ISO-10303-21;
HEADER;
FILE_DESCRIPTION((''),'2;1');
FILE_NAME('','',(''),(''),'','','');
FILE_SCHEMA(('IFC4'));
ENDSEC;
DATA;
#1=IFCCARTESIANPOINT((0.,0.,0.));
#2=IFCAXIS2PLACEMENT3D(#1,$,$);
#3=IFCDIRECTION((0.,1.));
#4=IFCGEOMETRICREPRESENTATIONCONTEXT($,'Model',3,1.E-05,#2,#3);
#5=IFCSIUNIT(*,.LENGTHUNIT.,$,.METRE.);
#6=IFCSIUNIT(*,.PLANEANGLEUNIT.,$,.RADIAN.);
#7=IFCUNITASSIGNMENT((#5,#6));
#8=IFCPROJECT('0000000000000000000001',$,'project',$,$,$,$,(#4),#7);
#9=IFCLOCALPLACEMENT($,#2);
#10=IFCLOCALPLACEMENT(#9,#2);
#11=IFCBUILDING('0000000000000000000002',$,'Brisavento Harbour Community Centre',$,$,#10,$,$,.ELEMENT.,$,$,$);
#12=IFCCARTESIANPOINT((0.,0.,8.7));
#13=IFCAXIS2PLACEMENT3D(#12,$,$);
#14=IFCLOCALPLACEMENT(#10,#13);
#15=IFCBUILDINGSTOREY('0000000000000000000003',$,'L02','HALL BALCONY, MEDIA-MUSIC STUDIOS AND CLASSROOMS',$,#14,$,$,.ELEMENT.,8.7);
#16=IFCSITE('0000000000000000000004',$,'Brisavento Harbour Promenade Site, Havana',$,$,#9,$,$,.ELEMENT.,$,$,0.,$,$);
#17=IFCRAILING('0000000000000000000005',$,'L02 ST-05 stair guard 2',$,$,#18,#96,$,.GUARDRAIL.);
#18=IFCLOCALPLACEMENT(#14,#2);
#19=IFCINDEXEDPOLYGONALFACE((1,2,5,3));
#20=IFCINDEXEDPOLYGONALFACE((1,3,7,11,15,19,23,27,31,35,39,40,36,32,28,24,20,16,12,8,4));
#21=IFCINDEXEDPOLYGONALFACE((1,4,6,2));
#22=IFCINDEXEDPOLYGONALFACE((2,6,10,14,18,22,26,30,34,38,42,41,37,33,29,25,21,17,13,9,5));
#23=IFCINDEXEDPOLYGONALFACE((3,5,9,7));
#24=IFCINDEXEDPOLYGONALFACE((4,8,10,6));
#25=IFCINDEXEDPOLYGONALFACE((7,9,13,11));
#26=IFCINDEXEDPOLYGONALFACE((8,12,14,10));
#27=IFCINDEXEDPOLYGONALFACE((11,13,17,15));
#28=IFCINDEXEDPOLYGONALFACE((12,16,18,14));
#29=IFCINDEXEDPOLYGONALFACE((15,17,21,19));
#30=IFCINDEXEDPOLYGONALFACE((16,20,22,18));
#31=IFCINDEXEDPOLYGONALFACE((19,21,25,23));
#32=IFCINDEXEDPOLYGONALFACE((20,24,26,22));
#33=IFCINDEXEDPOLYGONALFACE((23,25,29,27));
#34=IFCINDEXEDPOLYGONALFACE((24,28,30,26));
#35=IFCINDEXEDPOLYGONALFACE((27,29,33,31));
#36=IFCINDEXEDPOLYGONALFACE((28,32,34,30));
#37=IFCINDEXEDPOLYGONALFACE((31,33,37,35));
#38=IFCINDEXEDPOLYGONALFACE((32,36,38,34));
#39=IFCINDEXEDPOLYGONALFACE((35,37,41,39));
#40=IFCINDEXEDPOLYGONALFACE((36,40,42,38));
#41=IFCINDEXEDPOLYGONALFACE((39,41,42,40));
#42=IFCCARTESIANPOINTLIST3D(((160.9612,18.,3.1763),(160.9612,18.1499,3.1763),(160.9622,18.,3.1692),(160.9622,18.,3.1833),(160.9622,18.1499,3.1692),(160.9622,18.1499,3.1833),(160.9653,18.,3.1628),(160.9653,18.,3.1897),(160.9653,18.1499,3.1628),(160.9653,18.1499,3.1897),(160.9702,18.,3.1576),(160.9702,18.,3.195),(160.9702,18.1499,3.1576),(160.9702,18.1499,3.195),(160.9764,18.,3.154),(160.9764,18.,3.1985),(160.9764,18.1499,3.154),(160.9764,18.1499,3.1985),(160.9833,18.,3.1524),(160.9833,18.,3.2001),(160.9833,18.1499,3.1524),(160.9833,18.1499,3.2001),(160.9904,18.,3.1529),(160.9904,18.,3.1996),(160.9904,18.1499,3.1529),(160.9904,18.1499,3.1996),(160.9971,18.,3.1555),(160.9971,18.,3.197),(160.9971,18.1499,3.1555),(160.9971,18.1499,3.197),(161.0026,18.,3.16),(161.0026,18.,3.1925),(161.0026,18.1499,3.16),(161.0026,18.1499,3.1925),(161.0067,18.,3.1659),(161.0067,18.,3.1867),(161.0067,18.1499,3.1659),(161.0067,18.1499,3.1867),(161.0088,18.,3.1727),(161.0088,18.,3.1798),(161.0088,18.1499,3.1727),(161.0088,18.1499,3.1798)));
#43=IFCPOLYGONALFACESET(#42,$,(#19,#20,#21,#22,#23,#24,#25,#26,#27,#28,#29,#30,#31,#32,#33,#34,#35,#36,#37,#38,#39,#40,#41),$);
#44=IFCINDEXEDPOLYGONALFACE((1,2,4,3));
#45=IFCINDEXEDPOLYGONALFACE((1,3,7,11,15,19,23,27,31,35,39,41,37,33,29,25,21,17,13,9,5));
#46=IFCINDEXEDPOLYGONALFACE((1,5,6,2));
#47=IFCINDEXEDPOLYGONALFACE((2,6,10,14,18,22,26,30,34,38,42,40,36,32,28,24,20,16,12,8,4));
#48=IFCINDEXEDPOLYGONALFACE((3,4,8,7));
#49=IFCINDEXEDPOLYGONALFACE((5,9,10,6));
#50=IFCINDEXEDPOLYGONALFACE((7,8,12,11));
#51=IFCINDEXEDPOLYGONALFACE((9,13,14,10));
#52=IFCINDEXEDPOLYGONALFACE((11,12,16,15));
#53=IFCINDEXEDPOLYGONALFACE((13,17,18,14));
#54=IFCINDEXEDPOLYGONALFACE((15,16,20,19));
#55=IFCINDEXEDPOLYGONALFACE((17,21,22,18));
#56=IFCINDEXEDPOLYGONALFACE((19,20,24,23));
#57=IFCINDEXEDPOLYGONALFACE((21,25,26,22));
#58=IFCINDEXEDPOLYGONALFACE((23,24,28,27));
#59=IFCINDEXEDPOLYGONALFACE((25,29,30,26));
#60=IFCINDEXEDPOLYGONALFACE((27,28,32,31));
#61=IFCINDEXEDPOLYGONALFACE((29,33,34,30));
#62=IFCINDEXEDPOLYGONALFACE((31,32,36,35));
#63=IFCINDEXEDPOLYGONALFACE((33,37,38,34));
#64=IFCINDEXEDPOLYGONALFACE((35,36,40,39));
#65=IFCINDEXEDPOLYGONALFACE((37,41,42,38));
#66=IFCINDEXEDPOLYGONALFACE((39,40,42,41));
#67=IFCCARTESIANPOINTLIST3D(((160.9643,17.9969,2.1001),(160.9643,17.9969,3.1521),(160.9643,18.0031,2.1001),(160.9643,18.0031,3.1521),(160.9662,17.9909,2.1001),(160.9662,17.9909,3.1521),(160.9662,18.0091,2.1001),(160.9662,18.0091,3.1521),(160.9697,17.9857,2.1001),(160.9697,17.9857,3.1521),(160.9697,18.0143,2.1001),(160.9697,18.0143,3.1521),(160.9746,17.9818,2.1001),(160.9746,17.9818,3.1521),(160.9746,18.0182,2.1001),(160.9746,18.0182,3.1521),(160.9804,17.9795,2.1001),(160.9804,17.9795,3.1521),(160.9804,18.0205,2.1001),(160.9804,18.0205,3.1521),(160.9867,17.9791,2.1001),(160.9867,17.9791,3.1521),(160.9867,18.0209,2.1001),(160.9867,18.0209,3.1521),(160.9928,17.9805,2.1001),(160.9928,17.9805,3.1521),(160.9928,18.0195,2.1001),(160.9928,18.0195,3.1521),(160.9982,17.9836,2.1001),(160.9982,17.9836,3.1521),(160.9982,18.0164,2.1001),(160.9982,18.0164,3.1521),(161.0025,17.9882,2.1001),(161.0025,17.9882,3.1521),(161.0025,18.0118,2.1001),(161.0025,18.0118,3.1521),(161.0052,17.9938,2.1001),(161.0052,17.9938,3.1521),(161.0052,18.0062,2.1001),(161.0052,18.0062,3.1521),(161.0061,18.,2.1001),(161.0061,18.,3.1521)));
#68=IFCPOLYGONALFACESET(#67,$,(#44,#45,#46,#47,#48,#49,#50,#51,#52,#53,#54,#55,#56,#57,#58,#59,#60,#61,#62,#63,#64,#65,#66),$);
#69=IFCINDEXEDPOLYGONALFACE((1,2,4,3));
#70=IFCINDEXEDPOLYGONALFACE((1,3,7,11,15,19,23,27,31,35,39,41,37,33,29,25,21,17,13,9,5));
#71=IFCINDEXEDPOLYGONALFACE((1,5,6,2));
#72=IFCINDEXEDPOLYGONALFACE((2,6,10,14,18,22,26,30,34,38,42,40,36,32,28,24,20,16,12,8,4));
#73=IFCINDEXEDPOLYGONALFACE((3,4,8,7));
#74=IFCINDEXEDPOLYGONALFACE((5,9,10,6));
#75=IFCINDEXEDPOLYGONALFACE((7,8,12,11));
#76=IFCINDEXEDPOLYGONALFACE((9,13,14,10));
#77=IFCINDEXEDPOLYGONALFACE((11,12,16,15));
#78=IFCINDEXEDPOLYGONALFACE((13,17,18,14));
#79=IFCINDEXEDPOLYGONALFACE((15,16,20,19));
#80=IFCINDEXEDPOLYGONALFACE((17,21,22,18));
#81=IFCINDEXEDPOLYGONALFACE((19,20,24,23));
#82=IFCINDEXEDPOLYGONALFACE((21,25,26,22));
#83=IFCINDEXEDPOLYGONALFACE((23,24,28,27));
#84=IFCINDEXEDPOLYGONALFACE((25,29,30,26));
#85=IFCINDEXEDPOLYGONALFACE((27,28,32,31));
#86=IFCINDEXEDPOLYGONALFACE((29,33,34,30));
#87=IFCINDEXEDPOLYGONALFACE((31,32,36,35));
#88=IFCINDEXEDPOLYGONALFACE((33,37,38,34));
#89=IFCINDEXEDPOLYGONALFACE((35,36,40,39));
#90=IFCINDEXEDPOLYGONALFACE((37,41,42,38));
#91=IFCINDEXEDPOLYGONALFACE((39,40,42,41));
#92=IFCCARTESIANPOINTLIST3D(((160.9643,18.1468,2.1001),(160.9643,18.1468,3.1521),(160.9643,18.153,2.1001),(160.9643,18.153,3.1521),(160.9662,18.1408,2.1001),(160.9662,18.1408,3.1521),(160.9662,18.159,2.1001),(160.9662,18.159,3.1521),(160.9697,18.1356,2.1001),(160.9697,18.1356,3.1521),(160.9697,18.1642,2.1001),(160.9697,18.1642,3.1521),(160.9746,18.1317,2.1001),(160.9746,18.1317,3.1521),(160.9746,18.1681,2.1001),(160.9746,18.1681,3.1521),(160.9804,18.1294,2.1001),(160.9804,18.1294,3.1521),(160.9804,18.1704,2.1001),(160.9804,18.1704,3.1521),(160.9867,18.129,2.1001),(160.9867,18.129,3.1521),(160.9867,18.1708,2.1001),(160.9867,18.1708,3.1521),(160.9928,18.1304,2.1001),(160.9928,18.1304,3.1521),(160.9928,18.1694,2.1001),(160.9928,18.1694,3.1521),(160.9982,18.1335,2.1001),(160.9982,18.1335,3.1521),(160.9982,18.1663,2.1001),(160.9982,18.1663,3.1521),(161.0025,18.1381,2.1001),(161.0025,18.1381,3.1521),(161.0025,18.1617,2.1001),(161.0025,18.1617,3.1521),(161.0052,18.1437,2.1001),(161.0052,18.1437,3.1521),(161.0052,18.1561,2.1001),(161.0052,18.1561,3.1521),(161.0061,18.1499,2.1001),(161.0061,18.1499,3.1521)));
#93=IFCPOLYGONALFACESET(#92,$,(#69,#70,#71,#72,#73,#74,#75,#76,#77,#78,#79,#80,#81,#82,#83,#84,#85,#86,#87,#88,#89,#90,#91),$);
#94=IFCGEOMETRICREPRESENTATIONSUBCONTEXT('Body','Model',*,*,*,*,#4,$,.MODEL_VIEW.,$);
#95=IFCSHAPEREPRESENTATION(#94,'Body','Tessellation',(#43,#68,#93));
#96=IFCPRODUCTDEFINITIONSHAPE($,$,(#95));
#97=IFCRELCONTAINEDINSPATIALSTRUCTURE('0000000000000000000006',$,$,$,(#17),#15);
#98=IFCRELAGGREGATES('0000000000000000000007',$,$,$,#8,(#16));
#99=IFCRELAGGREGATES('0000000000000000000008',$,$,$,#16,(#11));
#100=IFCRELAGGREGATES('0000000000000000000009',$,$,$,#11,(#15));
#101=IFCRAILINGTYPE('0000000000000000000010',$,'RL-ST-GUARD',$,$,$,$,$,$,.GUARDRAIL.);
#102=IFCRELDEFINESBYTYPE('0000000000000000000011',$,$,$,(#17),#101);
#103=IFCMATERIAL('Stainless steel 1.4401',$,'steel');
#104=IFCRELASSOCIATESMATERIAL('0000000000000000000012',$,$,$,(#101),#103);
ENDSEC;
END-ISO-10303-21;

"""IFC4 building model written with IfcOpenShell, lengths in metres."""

from ifc_helpers import new_model, si_unit, direction, frame, origin, origin_2d, place, context, subcontext, project, spatial, circle, extrude, material, type_object, element, save


model = new_model("IFC4")

# Units and contexts
model_context = context("Model", 3, precision=1e-05, world=origin(), true_north=direction((0.0, 1.0)))
body_context = subcontext(model_context, "Body", "Model", "MODEL_VIEW")
ifc_project = project(units=[si_unit("LENGTHUNIT", "METRE"), si_unit("PLANEANGLEUNIT", "RADIAN")], contexts=[model_context])

# Site, building, storey
site_placement = place(None, origin())
site = spatial("IfcSite", under=ifc_project, at=site_placement, Name="Brisavento Harbour Promenade Site, Havana", CompositionType="ELEMENT", RefElevation=0.0)
building_placement = place(site_placement, origin())
building = spatial("IfcBuilding", under=site, at=building_placement, Name="Brisavento Harbour Community Centre", CompositionType="ELEMENT")
storey_placement = place(building_placement, frame((0.0, 0.0, 8.7)))
storey = spatial("IfcBuildingStorey", under=building, at=storey_placement, Name="L02", Description="HALL BALCONY, MEDIA-MUSIC STUDIOS AND CLASSROOMS", CompositionType="ELEMENT", Elevation=8.7)

# Railing
ifc_material_1 = material(Name="Stainless steel 1.4401", Category="steel")
railing_type_1 = type_object("IfcRailingType", Name="RL-ST-GUARD", PredefinedType="GUARDRAIL", material=ifc_material_1)
railing_1_placement = place(storey_placement, frame((160.9851, 18.0, 2.1001)))
element("IfcRailing", 1, at=railing_1_placement, inside=storey, type_object=railing_type_1, Name="L02 ST-05 stair guard 2", PredefinedType="GUARDRAIL", context=body_context, shape_type="SweptSolid", body=[
    extrude(circle(Radius=0.0239, at=origin_2d()), frame((0.0, 0.0, 1.0762), z_axis=(0.0, 1.0, 0.0), x_axis=(-1.0, 0.0, 0.0)), (0.0, 0.0, 1.0), 0.1499),
    extrude(circle(Radius=0.021, at=origin_2d()), origin(), (0.0, 0.0, 1.0), 1.052),
    extrude(circle(Radius=0.021, at=origin_2d()), frame((0.0, 0.1499, 0.0)), (0.0, 0.0, 1.0), 1.052),
])

save(model, "model.ifc")
